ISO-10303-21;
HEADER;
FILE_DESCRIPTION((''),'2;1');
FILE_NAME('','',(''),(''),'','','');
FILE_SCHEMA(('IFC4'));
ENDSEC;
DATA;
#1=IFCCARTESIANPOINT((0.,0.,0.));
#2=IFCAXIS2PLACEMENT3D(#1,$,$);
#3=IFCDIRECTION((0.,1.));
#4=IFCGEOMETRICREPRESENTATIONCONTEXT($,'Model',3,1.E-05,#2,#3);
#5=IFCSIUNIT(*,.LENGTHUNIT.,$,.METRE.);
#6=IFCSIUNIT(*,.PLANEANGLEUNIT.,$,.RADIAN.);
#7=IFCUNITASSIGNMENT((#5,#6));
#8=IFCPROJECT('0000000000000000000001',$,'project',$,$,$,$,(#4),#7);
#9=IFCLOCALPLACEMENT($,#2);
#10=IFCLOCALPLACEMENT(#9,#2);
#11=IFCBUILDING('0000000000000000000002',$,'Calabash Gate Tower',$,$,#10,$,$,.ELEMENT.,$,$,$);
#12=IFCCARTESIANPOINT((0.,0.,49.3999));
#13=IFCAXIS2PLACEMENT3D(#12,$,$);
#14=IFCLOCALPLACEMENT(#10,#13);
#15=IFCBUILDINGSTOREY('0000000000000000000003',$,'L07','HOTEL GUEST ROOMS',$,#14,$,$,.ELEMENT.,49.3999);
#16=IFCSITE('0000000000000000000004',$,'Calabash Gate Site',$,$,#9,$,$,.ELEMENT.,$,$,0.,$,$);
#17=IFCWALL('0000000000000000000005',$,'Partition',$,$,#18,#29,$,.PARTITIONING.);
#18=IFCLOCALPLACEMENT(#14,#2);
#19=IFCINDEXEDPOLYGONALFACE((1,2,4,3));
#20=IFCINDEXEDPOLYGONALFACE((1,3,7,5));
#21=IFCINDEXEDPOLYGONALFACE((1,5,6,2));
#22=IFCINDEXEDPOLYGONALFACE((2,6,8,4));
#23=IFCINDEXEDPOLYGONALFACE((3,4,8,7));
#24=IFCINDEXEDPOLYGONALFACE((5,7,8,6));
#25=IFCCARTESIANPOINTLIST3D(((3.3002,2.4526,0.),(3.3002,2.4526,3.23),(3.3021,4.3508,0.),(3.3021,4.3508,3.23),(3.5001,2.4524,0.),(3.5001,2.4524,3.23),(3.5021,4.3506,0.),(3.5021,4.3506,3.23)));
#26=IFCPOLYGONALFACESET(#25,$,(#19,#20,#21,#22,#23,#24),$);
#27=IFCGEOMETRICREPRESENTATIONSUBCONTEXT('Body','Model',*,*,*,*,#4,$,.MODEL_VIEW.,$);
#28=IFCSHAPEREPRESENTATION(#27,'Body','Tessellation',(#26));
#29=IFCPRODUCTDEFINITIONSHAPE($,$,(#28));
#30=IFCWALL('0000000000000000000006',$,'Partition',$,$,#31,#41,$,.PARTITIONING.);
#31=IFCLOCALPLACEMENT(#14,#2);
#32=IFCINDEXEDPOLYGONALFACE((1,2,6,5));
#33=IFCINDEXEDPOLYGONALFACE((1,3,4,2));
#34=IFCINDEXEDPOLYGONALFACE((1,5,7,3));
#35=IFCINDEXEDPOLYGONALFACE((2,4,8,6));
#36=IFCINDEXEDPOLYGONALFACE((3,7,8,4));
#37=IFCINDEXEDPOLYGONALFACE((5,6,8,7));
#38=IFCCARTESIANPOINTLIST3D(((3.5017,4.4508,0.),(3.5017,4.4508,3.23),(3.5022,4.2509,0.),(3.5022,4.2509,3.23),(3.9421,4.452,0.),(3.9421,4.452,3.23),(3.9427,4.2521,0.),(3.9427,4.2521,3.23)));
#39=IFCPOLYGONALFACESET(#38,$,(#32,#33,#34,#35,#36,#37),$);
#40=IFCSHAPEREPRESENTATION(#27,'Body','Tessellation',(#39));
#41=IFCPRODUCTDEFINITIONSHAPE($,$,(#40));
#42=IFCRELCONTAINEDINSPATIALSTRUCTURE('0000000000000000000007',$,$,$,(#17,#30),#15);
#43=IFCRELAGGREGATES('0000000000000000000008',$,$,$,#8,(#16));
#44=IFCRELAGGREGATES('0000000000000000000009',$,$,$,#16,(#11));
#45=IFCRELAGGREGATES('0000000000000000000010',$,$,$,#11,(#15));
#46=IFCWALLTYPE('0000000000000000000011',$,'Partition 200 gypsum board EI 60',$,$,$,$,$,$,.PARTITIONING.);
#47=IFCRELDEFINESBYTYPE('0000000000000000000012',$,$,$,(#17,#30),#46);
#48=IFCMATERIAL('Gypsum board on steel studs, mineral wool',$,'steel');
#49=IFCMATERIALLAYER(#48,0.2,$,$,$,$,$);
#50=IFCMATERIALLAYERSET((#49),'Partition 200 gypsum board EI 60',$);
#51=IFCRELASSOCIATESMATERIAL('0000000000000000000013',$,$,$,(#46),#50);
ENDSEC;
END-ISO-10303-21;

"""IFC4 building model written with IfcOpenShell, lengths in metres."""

from ifc_helpers import new_model, si_unit, direction, frame, frame_2d, origin, place, context, subcontext, project, spatial, rectangle, extrude, material, layer, layer_set, type_object, element, save


model = new_model("IFC4")

# Units and contexts
model_context = context("Model", 3, precision=1e-05, world=origin(), true_north=direction((0.0, 1.0)))
body_context = subcontext(model_context, "Body", "Model", "MODEL_VIEW")
ifc_project = project(units=[si_unit("LENGTHUNIT", "METRE"), si_unit("PLANEANGLEUNIT", "RADIAN")], contexts=[model_context])

# Site, building, storey
site_placement = place(None, origin())
site = spatial("IfcSite", under=ifc_project, at=site_placement, Name="Calabash Gate Site", CompositionType="ELEMENT", RefElevation=0.0)
building_placement = place(site_placement, origin())
building = spatial("IfcBuilding", under=site, at=building_placement, Name="Calabash Gate Tower", CompositionType="ELEMENT")
storey_placement = place(building_placement, frame((0.0, 0.0, 49.3999)))
storey = spatial("IfcBuildingStorey", under=building, at=storey_placement, Name="L07", Description="HOTEL GUEST ROOMS", CompositionType="ELEMENT", Elevation=49.3999)

# Walls
ifc_material_1 = material(Name="Gypsum board on steel studs, mineral wool", Category="steel")
ifc_layer_1 = layer(ifc_material_1, 0.2)
ifc_layer_set_1 = layer_set([ifc_layer_1], Name="Partition 200 gypsum board EI 60")
wall_type_1 = type_object("IfcWallType", Name="Partition 200 gypsum board EI 60", PredefinedType="PARTITIONING", material=ifc_layer_set_1)
wall_1_placement = place(storey_placement, frame((3.4001, 2.4524, 0.0), z_axis=(0.0, 0.0, 1.0), x_axis=(0.001029, 0.999999, 0.0)))
element("IfcWall", 1, at=wall_1_placement, inside=storey, type_object=wall_type_1, Name="Partition", PredefinedType="PARTITIONING", context=body_context, shape_type="SweptSolid", body=[
    extrude(rectangle(XDim=1.8982, YDim=0.2, at=frame_2d((0.9492, 0.0))), origin(), (0.0, 0.0, 1.0), 3.23),
])
wall_2_placement = place(storey_placement, frame((3.502, 4.3508, 0.0), z_axis=(0.0, 0.0, 1.0), x_axis=(0.999996, 0.002772, 0.0)))
element("IfcWall", 2, at=wall_2_placement, inside=storey, type_object=wall_type_1, Name="Partition", PredefinedType="PARTITIONING", context=body_context, shape_type="SweptSolid", body=[
    extrude(rectangle(XDim=0.4404, YDim=0.2, at=frame_2d((0.2202, 0.0))), origin(), (0.0, 0.0, 1.0), 3.23),
])

save(model, "model.ifc")
